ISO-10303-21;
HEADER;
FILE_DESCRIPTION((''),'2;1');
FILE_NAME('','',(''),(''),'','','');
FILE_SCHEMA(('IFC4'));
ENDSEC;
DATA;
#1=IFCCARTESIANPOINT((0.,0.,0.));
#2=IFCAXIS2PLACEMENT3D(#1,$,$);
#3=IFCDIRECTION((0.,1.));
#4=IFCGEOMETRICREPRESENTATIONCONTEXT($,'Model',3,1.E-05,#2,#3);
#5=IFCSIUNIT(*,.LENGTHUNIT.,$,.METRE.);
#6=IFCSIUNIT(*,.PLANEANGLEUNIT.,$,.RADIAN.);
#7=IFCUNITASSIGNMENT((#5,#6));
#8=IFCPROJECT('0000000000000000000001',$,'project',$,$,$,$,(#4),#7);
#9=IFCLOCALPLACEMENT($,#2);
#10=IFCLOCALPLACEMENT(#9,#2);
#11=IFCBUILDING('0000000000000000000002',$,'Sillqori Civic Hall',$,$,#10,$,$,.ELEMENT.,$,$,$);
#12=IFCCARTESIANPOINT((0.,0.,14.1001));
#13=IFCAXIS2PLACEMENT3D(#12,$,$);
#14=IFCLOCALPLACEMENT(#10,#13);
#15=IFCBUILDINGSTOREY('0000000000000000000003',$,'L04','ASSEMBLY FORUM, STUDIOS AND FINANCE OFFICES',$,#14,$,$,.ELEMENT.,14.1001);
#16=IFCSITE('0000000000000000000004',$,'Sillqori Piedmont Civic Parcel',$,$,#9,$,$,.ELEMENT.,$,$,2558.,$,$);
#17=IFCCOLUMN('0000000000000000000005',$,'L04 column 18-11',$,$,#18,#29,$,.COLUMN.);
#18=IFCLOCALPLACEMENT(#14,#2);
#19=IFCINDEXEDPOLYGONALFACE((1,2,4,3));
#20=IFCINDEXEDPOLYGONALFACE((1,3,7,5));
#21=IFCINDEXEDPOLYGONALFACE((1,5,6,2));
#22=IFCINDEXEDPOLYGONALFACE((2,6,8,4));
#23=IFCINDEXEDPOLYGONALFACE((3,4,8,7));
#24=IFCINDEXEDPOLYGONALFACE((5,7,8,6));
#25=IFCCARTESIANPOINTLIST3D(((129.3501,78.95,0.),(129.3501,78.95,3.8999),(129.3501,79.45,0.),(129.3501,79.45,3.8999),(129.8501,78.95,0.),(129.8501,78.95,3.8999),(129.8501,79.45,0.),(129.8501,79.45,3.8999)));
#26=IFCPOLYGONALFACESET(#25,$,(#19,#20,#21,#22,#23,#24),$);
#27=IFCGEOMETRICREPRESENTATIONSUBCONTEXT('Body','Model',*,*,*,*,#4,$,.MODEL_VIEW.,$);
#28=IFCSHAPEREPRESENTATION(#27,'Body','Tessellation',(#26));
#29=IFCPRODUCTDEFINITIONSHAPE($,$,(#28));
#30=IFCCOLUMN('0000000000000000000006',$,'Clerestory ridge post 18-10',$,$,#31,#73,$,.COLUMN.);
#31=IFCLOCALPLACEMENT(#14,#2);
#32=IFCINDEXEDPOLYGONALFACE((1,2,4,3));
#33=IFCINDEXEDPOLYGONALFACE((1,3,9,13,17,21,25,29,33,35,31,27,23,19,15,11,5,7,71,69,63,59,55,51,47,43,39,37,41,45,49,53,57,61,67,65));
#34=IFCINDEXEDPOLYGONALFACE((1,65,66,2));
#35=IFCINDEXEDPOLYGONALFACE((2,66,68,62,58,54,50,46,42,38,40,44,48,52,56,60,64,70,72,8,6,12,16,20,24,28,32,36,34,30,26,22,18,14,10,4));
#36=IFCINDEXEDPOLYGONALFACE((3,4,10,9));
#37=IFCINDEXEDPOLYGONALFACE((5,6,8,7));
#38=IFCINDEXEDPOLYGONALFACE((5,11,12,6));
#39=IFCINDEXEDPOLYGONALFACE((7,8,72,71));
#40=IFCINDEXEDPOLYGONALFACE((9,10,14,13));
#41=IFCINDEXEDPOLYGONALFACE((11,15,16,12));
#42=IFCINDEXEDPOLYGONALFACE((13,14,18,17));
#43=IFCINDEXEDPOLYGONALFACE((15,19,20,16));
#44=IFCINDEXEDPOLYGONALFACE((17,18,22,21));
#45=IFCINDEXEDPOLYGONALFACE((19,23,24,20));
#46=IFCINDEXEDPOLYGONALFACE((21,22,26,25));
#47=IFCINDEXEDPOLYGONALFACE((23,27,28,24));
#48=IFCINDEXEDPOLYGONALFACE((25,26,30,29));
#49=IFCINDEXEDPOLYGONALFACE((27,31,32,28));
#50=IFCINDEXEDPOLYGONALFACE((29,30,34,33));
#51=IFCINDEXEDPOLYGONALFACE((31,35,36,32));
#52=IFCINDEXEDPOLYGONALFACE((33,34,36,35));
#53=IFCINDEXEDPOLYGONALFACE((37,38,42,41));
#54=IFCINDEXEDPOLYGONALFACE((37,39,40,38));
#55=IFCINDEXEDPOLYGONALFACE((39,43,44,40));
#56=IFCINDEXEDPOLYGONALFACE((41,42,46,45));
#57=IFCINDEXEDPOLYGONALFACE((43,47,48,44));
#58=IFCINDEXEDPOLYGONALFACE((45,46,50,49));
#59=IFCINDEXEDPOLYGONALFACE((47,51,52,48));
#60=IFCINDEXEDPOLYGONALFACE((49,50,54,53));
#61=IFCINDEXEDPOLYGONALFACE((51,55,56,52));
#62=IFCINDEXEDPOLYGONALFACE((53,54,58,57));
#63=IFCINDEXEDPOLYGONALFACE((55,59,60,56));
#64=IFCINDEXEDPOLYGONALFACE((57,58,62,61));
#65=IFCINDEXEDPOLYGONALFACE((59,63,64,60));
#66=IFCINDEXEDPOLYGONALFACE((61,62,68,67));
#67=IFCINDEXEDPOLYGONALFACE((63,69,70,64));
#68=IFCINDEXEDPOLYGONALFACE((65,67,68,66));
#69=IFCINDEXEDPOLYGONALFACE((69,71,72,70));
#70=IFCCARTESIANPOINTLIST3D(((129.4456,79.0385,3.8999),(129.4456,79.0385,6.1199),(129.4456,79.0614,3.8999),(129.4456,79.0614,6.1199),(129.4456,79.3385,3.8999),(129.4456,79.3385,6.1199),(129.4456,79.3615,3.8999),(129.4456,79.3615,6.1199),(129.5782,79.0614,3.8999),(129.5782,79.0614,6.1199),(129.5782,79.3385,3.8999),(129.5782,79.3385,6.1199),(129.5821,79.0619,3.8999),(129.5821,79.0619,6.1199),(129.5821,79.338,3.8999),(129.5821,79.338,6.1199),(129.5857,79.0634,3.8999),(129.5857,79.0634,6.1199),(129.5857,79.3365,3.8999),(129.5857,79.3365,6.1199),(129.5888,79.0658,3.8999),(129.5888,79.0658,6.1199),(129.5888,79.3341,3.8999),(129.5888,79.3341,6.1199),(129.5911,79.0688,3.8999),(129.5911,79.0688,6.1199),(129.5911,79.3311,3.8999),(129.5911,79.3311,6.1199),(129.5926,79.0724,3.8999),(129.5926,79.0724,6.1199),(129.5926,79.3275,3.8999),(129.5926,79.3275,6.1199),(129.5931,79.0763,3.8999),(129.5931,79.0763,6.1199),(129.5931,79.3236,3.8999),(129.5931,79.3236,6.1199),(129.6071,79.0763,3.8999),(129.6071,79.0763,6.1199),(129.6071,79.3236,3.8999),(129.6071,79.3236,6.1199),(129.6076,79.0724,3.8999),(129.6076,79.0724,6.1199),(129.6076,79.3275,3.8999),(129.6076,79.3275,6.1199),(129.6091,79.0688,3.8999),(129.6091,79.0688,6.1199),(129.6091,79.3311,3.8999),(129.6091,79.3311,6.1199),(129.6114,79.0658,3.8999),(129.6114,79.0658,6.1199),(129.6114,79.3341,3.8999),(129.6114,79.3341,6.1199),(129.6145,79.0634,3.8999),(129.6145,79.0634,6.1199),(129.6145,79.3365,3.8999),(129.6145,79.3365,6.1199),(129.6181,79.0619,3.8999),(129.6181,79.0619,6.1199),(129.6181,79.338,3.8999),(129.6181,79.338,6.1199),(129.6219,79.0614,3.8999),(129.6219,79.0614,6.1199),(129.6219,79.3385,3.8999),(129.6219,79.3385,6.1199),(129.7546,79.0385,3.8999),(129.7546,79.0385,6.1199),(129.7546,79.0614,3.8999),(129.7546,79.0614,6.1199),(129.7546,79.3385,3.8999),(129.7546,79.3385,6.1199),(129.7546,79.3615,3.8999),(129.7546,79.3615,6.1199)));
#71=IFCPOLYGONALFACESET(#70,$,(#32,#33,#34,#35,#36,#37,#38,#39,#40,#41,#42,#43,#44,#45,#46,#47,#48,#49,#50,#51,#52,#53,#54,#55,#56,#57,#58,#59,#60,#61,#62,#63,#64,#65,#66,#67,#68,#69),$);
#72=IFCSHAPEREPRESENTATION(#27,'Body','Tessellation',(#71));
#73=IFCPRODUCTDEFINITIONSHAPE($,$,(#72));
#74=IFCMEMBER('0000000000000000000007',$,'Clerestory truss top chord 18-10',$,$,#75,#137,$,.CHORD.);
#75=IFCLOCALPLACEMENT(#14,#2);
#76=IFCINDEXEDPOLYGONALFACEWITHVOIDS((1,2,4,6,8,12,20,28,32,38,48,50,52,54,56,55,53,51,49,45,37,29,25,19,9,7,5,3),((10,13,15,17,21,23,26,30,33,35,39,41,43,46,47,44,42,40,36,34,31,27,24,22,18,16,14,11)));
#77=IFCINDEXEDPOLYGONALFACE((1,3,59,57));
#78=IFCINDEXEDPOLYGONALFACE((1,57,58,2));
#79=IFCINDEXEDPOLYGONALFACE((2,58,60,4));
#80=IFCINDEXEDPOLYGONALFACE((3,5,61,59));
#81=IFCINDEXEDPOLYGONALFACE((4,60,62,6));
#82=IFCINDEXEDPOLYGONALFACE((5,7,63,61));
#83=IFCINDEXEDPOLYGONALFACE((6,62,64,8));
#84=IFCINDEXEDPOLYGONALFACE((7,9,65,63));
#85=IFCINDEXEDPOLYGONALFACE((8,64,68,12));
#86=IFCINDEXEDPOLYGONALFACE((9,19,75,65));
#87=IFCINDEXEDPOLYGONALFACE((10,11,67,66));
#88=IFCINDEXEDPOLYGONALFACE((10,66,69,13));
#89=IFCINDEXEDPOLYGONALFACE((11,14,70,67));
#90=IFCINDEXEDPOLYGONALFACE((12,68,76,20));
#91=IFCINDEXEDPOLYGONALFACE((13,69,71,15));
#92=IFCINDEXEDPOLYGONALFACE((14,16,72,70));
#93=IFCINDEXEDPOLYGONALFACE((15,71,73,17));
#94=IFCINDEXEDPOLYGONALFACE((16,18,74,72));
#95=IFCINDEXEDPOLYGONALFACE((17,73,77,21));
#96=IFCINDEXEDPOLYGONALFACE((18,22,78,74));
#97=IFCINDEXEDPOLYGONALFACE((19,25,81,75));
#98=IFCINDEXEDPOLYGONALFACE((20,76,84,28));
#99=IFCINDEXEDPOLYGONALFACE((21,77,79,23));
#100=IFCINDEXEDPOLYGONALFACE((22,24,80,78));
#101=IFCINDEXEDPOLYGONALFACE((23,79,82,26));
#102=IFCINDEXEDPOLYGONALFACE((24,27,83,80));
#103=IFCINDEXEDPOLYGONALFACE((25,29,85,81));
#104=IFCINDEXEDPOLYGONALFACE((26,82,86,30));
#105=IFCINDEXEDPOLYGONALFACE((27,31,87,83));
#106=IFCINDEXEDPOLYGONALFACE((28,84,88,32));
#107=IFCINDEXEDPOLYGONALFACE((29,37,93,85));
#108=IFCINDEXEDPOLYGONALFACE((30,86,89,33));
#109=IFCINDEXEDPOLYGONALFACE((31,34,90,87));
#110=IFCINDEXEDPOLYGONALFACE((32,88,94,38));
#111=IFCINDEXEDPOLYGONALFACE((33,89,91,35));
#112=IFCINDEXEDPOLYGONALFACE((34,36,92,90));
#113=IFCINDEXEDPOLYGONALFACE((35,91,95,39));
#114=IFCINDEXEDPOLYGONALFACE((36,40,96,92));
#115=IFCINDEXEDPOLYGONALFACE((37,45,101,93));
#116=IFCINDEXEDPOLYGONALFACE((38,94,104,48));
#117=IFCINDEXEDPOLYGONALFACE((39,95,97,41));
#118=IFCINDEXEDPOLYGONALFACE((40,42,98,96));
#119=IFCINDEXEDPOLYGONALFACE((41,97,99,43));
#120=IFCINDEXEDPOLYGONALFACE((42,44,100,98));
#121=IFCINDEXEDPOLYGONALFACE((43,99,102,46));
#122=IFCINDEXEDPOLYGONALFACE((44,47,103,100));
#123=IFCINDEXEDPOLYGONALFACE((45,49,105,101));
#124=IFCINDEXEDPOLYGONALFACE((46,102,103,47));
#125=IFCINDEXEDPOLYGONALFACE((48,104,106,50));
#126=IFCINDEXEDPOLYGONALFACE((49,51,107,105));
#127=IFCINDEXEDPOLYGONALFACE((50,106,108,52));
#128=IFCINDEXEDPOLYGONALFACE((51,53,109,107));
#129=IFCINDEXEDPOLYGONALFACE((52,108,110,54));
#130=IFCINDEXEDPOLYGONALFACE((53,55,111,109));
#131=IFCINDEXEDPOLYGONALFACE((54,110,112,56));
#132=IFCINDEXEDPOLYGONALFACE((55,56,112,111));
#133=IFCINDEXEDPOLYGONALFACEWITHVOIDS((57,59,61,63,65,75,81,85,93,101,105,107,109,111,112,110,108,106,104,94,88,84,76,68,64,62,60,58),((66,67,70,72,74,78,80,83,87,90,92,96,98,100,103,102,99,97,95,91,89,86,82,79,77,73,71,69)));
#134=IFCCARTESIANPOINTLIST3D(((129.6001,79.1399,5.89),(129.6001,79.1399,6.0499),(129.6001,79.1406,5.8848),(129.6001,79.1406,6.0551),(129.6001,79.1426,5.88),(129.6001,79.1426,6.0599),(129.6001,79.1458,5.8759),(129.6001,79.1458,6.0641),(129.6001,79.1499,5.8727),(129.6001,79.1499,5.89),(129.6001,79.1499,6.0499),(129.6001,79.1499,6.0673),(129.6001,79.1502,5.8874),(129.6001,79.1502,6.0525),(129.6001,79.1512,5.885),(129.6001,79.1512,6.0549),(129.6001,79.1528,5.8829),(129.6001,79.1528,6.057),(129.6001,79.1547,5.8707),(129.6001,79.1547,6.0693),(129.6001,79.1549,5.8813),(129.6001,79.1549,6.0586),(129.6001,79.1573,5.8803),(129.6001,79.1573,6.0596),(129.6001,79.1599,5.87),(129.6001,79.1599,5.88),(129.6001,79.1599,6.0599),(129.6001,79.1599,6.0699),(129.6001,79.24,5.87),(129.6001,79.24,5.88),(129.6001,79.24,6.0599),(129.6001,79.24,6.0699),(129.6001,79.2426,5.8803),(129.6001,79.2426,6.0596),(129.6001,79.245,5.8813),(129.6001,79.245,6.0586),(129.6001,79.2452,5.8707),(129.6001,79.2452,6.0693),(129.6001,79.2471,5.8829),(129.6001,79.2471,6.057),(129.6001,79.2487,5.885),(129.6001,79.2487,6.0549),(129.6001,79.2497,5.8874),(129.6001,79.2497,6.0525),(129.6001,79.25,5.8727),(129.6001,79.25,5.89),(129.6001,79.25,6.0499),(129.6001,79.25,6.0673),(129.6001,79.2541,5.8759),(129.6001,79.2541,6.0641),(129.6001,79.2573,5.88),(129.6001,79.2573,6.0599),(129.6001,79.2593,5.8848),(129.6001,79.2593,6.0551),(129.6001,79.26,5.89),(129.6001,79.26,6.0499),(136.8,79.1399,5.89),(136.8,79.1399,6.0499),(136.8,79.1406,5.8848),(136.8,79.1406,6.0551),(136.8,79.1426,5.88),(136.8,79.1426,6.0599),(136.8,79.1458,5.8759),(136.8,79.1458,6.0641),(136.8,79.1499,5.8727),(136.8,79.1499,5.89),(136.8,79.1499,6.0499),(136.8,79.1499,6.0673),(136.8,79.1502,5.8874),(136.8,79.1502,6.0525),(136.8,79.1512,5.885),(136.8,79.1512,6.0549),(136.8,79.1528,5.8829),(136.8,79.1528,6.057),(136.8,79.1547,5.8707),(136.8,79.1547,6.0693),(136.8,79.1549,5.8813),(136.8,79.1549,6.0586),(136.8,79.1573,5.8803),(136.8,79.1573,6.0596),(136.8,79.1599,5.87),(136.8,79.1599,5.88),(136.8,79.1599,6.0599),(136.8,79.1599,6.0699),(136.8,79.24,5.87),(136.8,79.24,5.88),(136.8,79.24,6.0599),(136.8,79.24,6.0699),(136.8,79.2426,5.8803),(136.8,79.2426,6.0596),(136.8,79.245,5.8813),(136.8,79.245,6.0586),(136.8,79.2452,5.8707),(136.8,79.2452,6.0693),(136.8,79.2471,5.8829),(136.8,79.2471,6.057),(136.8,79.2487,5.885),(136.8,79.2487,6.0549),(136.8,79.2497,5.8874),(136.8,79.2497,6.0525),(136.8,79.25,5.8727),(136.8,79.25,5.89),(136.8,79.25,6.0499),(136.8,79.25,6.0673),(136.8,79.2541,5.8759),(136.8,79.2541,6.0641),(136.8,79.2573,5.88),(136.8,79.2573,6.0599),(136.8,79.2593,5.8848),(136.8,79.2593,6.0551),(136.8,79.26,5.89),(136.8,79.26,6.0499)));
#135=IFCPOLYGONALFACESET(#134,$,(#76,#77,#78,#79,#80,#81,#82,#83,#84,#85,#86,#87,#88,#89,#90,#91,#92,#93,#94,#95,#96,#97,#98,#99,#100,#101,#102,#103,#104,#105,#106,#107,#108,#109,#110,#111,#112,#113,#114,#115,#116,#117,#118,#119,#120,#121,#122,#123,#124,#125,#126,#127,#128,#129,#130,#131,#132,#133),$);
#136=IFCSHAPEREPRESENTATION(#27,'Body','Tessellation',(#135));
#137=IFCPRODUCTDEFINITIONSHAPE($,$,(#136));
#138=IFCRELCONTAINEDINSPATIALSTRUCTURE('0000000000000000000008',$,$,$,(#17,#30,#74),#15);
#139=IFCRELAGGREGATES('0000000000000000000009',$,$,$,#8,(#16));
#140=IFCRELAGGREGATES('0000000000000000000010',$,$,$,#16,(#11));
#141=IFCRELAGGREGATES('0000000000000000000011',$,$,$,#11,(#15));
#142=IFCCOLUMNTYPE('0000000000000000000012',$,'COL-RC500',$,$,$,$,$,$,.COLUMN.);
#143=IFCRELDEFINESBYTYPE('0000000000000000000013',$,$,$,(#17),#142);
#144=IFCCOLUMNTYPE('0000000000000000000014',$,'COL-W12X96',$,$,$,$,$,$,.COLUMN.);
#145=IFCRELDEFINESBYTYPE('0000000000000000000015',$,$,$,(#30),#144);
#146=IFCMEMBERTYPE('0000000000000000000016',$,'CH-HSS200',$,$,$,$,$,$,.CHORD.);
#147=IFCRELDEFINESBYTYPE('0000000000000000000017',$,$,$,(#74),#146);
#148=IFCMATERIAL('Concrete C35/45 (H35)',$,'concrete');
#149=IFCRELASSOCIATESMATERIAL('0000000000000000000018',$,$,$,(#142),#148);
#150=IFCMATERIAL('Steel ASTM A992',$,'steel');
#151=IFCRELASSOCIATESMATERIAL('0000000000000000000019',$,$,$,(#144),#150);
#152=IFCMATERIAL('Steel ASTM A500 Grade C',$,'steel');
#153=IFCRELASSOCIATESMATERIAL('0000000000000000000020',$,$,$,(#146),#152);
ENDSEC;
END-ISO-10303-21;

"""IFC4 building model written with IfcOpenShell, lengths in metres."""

from ifc_helpers import new_model, si_unit, direction, frame, origin, origin_2d, place, context, subcontext, project, spatial, rectangle, hollow_rectangle, i_section, extrude, material, material_profile, profile_set, type_object, element, save


model = new_model("IFC4")

# Units and contexts
model_context = context("Model", 3, precision=1e-05, world=origin(), true_north=direction((0.0, 1.0)))
body_context = subcontext(model_context, "Body", "Model", "MODEL_VIEW")
ifc_project = project(units=[si_unit("LENGTHUNIT", "METRE"), si_unit("PLANEANGLEUNIT", "RADIAN")], contexts=[model_context])

# Site, building, storey
site_placement = place(None, origin())
site = spatial("IfcSite", under=ifc_project, at=site_placement, Name="Sillqori Piedmont Civic Parcel", CompositionType="ELEMENT", RefElevation=2558.0)
building_placement = place(site_placement, origin())
building = spatial("IfcBuilding", under=site, at=building_placement, Name="Sillqori Civic Hall", CompositionType="ELEMENT")
storey_placement = place(building_placement, frame((0.0, 0.0, 14.1001)))
storey = spatial("IfcBuildingStorey", under=building, at=storey_placement, Name="L04", Description="ASSEMBLY FORUM, STUDIOS AND FINANCE OFFICES", CompositionType="ELEMENT", Elevation=14.1001)

# Columns
ifc_material_1 = material(Name="Concrete C35/45 (H35)", Category="concrete")
ifc_material_profile_1 = material_profile(ifc_material_1, rectangle(XDim=0.5, YDim=0.5, at=origin_2d()), Name="RC 500x500")
ifc_profile_set_1 = profile_set([ifc_material_profile_1], Name="Concrete C35/45 (H35)")
column_type_1 = type_object("IfcColumnType", Name="COL-RC500", PredefinedType="COLUMN", material=ifc_profile_set_1)
column_1_placement = place(storey_placement, frame((129.6001, 79.2, 0.0), z_axis=(0.0, 0.0, 1.0), x_axis=(1.0, 0.0, 0.0)))
element("IfcColumn", 1, at=column_1_placement, inside=storey, type_object=column_type_1, Name="L04 column 18-11", PredefinedType="COLUMN", context=body_context, shape_type="SweptSolid", body=[
    extrude(rectangle(XDim=0.5, YDim=0.5, at=origin_2d()), origin(), (0.0, 0.0, 1.0), 3.8999),
])
ifc_material_2 = material(Name="Steel ASTM A992", Category="steel")
ifc_material_profile_2 = material_profile(ifc_material_2, i_section(OverallWidth=0.3091, OverallDepth=0.323, WebThickness=0.0139, FlangeThickness=0.0229, FilletRadius=0.0149, at=origin_2d()), Name="W12X96")
ifc_profile_set_2 = profile_set([ifc_material_profile_2], Name="Steel ASTM A992")
column_type_2 = type_object("IfcColumnType", Name="COL-W12X96", PredefinedType="COLUMN", material=ifc_profile_set_2)
column_2_placement = place(storey_placement, frame((129.6001, 79.2, 3.8999), z_axis=(0.0, 0.0, 1.0), x_axis=(1.0, 0.0, 0.0)))
element("IfcColumn", 2, at=column_2_placement, inside=storey, type_object=column_type_2, Name="Clerestory ridge post 18-10", PredefinedType="COLUMN", context=body_context, shape_type="SweptSolid", body=[
    extrude(i_section(OverallWidth=0.3091, OverallDepth=0.323, WebThickness=0.0139, FlangeThickness=0.0229, FilletRadius=0.0149, at=origin_2d()), origin(), (0.0, 0.0, 1.0), 2.22),
])

# Member
ifc_material_3 = material(Name="Steel ASTM A500 Grade C", Category="steel")
ifc_material_profile_3 = material_profile(ifc_material_3, hollow_rectangle(XDim=0.1201, YDim=0.2, WallThickness=0.01, InnerFilletRadius=0.01, OuterFilletRadius=0.02, at=origin_2d()), Name="HSS200X120X10")
ifc_profile_set_3 = profile_set([ifc_material_profile_3], Name="Steel ASTM A500 Grade C")
member_type_1 = type_object("IfcMemberType", Name="CH-HSS200", PredefinedType="CHORD", material=ifc_profile_set_3)
for number, where, z_axis, x_axis, name in (
    (3, (129.6001, 79.2, 5.97), (1.0, 0.0, 0.0), (0.0, 1.0, 0.0), "Clerestory truss top chord 18-10"),
):
    element("IfcMember", number, at=place(storey_placement, frame(where, z_axis=z_axis, x_axis=x_axis)), inside=storey, type_object=member_type_1, Name=name, PredefinedType="CHORD", context=body_context, shape_type="SweptSolid", body=[
        extrude(hollow_rectangle(XDim=0.1201, YDim=0.2, WallThickness=0.01, InnerFilletRadius=0.01, OuterFilletRadius=0.02, at=origin_2d()), origin(), (0.0, 0.0, 1.0), 7.2),
    ])

save(model, "model.ifc")
